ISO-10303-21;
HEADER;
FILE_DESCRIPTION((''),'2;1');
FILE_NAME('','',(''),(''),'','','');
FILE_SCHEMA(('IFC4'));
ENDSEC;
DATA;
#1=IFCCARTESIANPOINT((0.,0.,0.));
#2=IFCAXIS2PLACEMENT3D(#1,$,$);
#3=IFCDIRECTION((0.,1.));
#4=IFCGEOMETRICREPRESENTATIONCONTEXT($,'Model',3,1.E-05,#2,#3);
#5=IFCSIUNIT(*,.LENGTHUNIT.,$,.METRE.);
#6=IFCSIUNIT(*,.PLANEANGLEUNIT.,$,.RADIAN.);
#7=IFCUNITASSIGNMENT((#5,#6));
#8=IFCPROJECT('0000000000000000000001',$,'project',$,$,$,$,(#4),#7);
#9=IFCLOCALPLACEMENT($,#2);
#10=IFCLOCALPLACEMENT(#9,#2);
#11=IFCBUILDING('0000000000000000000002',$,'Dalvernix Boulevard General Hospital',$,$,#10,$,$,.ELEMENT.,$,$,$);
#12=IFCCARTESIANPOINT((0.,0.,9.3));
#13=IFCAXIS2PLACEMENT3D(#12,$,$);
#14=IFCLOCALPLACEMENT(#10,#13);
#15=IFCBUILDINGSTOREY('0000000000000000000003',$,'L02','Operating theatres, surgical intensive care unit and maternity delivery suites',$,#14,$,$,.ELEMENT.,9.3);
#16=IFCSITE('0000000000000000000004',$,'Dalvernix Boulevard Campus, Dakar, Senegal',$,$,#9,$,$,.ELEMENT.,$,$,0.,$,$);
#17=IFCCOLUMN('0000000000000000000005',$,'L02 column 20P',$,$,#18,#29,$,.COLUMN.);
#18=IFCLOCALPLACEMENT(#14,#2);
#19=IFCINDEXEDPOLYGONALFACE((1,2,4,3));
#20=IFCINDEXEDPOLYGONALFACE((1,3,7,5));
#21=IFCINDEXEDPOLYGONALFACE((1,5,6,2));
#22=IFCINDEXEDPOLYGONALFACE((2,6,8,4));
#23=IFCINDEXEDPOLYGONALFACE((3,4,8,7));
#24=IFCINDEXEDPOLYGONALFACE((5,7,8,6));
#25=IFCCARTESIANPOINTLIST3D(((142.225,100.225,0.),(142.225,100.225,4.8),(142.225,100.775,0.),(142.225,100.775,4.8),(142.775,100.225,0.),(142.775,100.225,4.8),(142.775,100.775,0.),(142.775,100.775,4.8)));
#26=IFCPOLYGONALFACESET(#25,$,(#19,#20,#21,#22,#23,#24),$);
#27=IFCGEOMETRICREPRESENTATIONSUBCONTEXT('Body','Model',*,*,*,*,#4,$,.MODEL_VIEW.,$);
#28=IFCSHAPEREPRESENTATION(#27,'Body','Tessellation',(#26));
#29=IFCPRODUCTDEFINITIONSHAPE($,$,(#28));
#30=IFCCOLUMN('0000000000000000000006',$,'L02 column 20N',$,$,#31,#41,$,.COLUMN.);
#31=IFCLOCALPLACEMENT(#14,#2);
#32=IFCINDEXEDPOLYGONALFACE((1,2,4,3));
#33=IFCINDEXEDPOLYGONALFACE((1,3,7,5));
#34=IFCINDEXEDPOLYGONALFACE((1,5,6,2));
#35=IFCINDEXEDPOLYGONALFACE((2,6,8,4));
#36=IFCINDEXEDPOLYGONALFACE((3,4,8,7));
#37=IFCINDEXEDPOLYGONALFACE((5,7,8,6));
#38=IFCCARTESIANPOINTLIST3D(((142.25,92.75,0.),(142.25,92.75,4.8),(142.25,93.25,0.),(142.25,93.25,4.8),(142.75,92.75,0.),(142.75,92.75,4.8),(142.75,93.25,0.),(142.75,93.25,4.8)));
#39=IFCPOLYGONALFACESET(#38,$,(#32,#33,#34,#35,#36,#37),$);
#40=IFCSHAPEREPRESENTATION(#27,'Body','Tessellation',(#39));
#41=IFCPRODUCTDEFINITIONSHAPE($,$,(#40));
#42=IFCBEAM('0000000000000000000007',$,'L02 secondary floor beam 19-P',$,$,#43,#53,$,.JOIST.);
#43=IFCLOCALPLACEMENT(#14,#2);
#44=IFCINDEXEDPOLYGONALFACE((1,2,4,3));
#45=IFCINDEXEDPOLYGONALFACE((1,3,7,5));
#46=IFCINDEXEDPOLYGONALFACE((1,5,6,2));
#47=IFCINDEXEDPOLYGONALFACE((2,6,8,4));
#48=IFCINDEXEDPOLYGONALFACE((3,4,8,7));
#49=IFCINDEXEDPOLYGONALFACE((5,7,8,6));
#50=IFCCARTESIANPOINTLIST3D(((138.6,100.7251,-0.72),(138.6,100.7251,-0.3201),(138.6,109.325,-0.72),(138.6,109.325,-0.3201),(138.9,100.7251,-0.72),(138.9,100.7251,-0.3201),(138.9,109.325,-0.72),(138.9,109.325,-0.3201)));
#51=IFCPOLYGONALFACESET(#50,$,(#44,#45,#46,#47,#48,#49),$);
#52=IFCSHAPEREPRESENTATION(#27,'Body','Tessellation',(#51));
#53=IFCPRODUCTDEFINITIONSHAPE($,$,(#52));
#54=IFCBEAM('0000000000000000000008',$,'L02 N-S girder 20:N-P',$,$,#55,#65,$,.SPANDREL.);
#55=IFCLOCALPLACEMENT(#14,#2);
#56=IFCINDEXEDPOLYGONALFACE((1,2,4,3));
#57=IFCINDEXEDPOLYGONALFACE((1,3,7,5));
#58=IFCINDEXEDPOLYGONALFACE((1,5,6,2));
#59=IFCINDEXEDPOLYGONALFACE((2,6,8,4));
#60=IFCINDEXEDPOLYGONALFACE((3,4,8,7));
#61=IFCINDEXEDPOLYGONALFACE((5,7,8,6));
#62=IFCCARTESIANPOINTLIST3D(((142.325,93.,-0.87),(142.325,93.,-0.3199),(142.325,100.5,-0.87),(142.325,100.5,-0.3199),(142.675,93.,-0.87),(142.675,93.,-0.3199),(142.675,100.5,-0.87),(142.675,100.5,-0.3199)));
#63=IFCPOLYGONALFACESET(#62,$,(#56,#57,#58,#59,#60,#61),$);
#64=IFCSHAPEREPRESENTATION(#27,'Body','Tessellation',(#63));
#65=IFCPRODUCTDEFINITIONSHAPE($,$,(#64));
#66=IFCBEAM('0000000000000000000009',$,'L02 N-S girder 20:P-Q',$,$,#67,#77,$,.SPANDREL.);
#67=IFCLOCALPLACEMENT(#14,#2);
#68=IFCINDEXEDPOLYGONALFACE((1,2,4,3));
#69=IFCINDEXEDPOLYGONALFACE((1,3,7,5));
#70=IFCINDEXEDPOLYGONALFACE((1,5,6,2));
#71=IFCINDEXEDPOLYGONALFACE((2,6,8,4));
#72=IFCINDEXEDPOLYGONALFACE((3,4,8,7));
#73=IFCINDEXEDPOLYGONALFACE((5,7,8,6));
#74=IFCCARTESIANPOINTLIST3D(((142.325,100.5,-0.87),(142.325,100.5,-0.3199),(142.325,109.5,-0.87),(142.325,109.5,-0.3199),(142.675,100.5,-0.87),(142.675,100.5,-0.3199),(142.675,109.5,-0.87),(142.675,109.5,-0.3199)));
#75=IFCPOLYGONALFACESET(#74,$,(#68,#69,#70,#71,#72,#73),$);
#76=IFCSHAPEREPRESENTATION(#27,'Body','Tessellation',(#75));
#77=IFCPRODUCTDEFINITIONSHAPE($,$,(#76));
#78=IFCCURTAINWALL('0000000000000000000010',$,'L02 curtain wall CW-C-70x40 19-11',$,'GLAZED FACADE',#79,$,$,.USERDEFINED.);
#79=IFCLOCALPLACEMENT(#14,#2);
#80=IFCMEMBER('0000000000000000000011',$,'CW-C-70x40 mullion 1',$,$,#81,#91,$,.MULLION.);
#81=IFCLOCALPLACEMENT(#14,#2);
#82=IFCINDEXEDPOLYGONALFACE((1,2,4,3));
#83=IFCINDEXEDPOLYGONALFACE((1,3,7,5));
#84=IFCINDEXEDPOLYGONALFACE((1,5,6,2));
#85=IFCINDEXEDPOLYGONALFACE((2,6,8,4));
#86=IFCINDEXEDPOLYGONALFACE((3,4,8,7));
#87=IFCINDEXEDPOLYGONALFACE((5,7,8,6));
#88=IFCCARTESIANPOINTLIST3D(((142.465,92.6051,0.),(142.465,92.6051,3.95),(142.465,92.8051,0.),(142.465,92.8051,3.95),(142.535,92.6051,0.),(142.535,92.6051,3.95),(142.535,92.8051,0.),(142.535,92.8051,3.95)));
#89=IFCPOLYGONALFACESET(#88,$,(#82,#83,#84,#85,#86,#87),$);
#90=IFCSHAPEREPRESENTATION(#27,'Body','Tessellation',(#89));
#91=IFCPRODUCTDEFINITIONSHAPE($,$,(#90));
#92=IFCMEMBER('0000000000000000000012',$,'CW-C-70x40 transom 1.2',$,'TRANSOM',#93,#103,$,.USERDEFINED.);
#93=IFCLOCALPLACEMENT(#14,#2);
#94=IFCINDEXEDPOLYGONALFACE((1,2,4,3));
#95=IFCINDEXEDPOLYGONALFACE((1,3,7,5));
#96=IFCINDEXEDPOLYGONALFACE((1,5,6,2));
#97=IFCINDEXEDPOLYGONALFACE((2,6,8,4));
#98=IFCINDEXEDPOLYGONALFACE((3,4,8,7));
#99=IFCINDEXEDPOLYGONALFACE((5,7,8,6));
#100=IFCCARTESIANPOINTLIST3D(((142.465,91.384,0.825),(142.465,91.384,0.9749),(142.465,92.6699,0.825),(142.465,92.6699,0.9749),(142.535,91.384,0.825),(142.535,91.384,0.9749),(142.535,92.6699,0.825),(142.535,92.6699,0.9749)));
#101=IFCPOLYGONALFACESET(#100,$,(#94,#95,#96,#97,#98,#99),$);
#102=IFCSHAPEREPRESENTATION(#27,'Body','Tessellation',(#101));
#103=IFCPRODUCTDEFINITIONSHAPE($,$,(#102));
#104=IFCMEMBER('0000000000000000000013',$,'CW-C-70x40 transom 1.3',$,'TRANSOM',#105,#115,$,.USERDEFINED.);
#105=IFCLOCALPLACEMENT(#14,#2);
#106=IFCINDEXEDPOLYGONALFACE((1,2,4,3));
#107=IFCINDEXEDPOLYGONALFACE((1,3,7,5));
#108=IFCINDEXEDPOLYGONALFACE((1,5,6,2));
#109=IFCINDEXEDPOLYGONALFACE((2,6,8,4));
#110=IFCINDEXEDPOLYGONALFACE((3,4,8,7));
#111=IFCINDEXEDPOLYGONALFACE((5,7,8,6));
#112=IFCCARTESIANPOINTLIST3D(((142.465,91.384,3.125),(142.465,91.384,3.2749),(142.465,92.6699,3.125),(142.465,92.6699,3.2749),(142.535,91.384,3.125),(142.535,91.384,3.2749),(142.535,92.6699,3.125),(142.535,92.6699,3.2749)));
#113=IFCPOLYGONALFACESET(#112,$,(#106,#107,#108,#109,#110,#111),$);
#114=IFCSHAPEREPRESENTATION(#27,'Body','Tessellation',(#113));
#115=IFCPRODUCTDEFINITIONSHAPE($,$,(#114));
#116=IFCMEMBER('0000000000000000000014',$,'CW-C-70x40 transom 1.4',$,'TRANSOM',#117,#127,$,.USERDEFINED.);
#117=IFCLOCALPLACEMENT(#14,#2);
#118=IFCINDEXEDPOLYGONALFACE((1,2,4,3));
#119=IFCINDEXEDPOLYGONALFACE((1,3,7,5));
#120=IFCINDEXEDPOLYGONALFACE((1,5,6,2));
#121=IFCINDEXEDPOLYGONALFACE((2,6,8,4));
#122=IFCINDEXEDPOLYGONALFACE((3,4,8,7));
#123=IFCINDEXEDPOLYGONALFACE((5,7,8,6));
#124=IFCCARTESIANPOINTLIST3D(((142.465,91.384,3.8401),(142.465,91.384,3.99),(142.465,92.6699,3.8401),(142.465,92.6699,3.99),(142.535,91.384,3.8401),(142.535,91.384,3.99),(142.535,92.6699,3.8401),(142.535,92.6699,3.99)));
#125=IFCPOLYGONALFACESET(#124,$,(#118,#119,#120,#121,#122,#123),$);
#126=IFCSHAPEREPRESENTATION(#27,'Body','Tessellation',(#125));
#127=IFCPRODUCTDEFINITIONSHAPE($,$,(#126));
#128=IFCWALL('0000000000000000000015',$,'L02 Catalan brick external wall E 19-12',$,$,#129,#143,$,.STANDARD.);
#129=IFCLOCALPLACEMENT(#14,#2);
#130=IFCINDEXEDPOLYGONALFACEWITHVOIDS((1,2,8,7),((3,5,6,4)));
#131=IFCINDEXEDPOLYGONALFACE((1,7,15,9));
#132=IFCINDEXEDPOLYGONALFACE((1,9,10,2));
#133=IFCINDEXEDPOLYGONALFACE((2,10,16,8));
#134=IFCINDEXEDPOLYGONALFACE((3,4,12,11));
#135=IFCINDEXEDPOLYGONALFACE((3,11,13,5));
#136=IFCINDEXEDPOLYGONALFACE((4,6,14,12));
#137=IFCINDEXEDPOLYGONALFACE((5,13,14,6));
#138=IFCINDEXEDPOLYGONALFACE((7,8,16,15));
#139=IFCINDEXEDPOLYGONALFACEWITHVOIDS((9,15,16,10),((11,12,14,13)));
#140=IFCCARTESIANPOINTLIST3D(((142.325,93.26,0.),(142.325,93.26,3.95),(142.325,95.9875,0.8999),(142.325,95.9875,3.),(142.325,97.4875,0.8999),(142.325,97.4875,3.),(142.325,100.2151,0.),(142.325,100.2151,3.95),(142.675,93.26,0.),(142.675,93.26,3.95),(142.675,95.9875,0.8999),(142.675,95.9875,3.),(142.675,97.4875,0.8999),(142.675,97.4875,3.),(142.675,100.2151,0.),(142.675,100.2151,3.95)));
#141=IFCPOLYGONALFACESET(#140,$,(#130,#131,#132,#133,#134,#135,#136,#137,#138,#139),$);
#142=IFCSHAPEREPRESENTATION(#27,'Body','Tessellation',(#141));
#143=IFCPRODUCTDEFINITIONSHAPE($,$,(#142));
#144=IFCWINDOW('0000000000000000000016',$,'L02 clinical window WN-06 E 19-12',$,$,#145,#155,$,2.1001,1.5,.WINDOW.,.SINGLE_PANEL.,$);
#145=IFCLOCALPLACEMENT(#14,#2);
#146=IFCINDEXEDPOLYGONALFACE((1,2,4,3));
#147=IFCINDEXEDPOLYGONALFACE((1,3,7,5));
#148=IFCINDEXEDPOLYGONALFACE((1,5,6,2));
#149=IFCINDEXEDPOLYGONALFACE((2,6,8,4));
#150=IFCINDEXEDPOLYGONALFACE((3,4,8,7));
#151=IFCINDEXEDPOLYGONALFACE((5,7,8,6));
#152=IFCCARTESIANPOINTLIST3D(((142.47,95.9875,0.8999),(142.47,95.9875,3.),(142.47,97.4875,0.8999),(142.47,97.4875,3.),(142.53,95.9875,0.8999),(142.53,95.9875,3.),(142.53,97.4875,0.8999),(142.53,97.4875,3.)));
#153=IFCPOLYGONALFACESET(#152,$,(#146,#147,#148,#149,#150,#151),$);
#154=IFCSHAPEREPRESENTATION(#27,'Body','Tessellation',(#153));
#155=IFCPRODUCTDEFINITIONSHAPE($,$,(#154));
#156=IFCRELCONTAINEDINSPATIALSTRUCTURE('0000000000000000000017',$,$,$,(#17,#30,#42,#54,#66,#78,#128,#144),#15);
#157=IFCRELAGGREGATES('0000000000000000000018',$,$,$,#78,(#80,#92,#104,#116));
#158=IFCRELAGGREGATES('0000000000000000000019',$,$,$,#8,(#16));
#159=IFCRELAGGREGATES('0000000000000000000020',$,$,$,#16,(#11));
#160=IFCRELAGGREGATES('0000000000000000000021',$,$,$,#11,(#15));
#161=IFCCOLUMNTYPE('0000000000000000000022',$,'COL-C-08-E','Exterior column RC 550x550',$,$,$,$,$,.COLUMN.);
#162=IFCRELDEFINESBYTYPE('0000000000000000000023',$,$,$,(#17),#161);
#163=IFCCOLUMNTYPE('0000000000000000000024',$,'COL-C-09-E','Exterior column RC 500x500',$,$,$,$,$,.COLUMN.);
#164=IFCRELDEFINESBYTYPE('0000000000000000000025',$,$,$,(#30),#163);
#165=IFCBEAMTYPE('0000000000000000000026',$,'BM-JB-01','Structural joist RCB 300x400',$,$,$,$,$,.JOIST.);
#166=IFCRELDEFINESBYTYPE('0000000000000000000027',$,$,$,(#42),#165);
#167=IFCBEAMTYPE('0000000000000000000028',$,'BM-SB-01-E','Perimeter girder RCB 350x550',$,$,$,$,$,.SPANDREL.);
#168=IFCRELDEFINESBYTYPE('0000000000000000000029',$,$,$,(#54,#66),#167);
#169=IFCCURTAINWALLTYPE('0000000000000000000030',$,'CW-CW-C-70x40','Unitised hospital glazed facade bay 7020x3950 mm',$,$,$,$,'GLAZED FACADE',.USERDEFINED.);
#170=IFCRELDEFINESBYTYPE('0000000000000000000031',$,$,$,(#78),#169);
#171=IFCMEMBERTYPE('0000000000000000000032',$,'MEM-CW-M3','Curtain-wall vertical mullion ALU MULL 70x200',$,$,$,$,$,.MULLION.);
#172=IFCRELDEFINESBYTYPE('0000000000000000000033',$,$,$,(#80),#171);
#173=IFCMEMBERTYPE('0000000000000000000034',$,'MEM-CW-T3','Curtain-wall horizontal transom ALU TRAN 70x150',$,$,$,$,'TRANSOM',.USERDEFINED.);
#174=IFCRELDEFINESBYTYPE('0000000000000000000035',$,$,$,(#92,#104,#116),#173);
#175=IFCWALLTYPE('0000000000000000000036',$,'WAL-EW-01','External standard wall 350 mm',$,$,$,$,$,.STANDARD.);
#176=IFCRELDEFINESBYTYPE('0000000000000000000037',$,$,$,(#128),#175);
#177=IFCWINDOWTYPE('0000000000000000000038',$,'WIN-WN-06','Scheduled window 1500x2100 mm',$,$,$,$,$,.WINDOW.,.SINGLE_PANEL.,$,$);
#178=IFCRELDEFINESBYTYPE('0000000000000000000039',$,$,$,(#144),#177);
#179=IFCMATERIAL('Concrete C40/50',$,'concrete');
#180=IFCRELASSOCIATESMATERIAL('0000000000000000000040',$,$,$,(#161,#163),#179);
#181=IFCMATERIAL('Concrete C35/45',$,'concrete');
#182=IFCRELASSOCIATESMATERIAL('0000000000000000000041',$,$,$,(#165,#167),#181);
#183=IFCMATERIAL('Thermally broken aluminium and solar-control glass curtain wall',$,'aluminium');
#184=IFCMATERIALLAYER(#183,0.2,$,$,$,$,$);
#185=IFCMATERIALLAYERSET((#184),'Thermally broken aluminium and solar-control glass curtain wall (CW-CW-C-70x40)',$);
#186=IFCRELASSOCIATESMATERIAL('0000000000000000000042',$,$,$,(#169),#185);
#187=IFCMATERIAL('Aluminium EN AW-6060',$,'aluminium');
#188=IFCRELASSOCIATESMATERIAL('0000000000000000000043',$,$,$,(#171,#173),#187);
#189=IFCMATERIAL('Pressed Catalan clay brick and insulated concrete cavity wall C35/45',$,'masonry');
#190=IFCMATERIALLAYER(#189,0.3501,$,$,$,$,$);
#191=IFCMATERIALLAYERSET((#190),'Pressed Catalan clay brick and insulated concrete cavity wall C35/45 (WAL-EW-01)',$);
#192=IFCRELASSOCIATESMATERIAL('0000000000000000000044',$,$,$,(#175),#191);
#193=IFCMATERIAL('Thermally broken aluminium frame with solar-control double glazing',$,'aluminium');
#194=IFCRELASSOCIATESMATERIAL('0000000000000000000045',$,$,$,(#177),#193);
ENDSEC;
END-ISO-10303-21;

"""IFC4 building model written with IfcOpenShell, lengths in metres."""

from ifc_helpers import new_model, si_unit, direction, frame, frame_2d, origin, origin_2d, place, context, subcontext, project, spatial, rectangle, extrude, material, layer, layer_set, material_profile, profile_set, type_object, element, fill, aggregate, save


model = new_model("IFC4")

# Units and contexts
model_context = context("Model", 3, precision=1e-05, world=origin(), true_north=direction((0.0, 1.0)))
body_context = subcontext(model_context, "Body", "Model", "MODEL_VIEW")
ifc_project = project(units=[si_unit("LENGTHUNIT", "METRE"), si_unit("PLANEANGLEUNIT", "RADIAN")], contexts=[model_context])

# Site, building, storey
site_placement = place(None, origin())
site = spatial("IfcSite", under=ifc_project, at=site_placement, Name="Dalvernix Boulevard Campus, Dakar, Senegal", CompositionType="ELEMENT", RefElevation=0.0)
building_placement = place(site_placement, origin())
building = spatial("IfcBuilding", under=site, at=building_placement, Name="Dalvernix Boulevard General Hospital", CompositionType="ELEMENT")
storey_placement = place(building_placement, frame((0.0, 0.0, 9.3)))
storey = spatial("IfcBuildingStorey", under=building, at=storey_placement, Name="L02", Description="Operating theatres, surgical intensive care unit and maternity delivery suites", CompositionType="ELEMENT", Elevation=9.3)

# Columns
ifc_material_1 = material(Name="Concrete C40/50", Category="concrete")
ifc_material_profile_1 = material_profile(ifc_material_1, rectangle(XDim=0.55, YDim=0.55, at=origin_2d()), Name="RC 550x550")
ifc_profile_set_1 = profile_set([ifc_material_profile_1], Name="Concrete C40/50")
column_type_1 = type_object("IfcColumnType", Name="COL-C-08-E", Description="Exterior column RC 550x550", PredefinedType="COLUMN", material=ifc_profile_set_1)
column_1_placement = place(storey_placement, frame((142.5, 100.5, 0.0), z_axis=(0.0, 0.0, 1.0), x_axis=(1.0, 0.0, 0.0)))
element("IfcColumn", 1, at=column_1_placement, inside=storey, type_object=column_type_1, Name="L02 column 20P", PredefinedType="COLUMN", context=body_context, shape_type="SweptSolid", body=[
    extrude(rectangle(XDim=0.55, YDim=0.55, at=origin_2d()), origin(), (0.0, 0.0, 1.0), 4.8),
])
ifc_material_profile_2 = material_profile(ifc_material_1, rectangle(XDim=0.5, YDim=0.5, at=origin_2d()), Name="RC 500x500")
ifc_profile_set_2 = profile_set([ifc_material_profile_2], Name="Concrete C40/50")
column_type_2 = type_object("IfcColumnType", Name="COL-C-09-E", Description="Exterior column RC 500x500", PredefinedType="COLUMN", material=ifc_profile_set_2)
column_2_placement = place(storey_placement, frame((142.5, 93.0, 0.0), z_axis=(0.0, 0.0, 1.0), x_axis=(1.0, 0.0, 0.0)))
element("IfcColumn", 2, at=column_2_placement, inside=storey, type_object=column_type_2, Name="L02 column 20N", PredefinedType="COLUMN", context=body_context, shape_type="SweptSolid", body=[
    extrude(rectangle(XDim=0.5, YDim=0.5, at=origin_2d()), origin(), (0.0, 0.0, 1.0), 4.8),
])

# Beams
ifc_material_2 = material(Name="Concrete C35/45", Category="concrete")
ifc_material_profile_3 = material_profile(ifc_material_2, rectangle(XDim=0.3, YDim=0.3999, at=origin_2d()), Name="RCB 300x400")
ifc_profile_set_3 = profile_set([ifc_material_profile_3], Name="Concrete C35/45")
beam_type_1 = type_object("IfcBeamType", Name="BM-JB-01", Description="Structural joist RCB 300x400", PredefinedType="JOIST", material=ifc_profile_set_3)
beam_1_placement = place(storey_placement, frame((138.75, 100.7251, -0.52), z_axis=(0.0, 1.0, 0.0), x_axis=(-1.0, 0.0, 0.0)))
element("IfcBeam", 3, at=beam_1_placement, inside=storey, type_object=beam_type_1, Name="L02 secondary floor beam 19-P", PredefinedType="JOIST", context=body_context, shape_type="SweptSolid", body=[
    extrude(rectangle(XDim=0.3, YDim=0.3999, at=origin_2d()), origin(), (0.0, 0.0, 1.0), 8.5999),
])
ifc_material_profile_4 = material_profile(ifc_material_2, rectangle(XDim=0.3501, YDim=0.55, at=origin_2d()), Name="RCB 350x550")
ifc_profile_set_4 = profile_set([ifc_material_profile_4], Name="Concrete C35/45")
beam_type_2 = type_object("IfcBeamType", Name="BM-SB-01-E", Description="Perimeter girder RCB 350x550", PredefinedType="SPANDREL", material=ifc_profile_set_4)
beam_2_placement = place(storey_placement, frame((142.5, 93.0, -0.595), z_axis=(0.0, 1.0, 0.0), x_axis=(-1.0, 0.0, 0.0)))
element("IfcBeam", 4, at=beam_2_placement, inside=storey, type_object=beam_type_2, Name="L02 N-S girder 20:N-P", PredefinedType="SPANDREL", context=body_context, shape_type="SweptSolid", body=[
    extrude(rectangle(XDim=0.3501, YDim=0.55, at=origin_2d()), origin(), (0.0, 0.0, 1.0), 7.5),
])
beam_3_placement = place(storey_placement, frame((142.5, 100.5, -0.595), z_axis=(0.0, 1.0, 0.0), x_axis=(-1.0, 0.0, 0.0)))
element("IfcBeam", 5, at=beam_3_placement, inside=storey, type_object=beam_type_2, Name="L02 N-S girder 20:P-Q", PredefinedType="SPANDREL", context=body_context, shape_type="SweptSolid", body=[
    extrude(rectangle(XDim=0.3501, YDim=0.55, at=origin_2d()), origin(), (0.0, 0.0, 1.0), 9.0),
])

# Curtain wall, members
ifc_material_3 = material(Name="Thermally broken aluminium and solar-control glass curtain wall", Category="aluminium")
ifc_layer_1 = layer(ifc_material_3, 0.2)
ifc_layer_set_1 = layer_set([ifc_layer_1], Name="Thermally broken aluminium and solar-control glass curtain wall (CW-CW-C-70x40)")
curtain_wall_type = type_object("IfcCurtainWallType", Name="CW-CW-C-70x40", Description="Unitised hospital glazed facade bay 7020x3950 mm", ElementType="GLAZED FACADE", PredefinedType="USERDEFINED", material=ifc_layer_set_1)
curtain_wall_placement = place(storey_placement, origin())
curtain_wall = element("IfcCurtainWall", 6, at=curtain_wall_placement, inside=storey, type_object=curtain_wall_type, Name="L02 curtain wall CW-C-70x40 19-11", ObjectType="GLAZED FACADE", PredefinedType="USERDEFINED")
ifc_material_4 = material(Name="Aluminium EN AW-6060", Category="aluminium")
ifc_material_profile_5 = material_profile(ifc_material_4, rectangle(XDim=0.0701, YDim=0.2, at=origin_2d()), Name="ALU MULL 70x200")
ifc_profile_set_5 = profile_set([ifc_material_profile_5], Name="Aluminium EN AW-6060")
member_type_1 = type_object("IfcMemberType", Name="MEM-CW-M3", Description="Curtain-wall vertical mullion ALU MULL 70x200", PredefinedType="MULLION", material=ifc_profile_set_5)
member_1_placement = place(storey_placement, frame((142.5, 92.7051, 0.0), z_axis=(0.0, 0.0, 1.0), x_axis=(1.0, 0.0, 0.0)))
member_1 = element("IfcMember", 7, at=member_1_placement, type_object=member_type_1, Name="CW-C-70x40 mullion 1", PredefinedType="MULLION", context=body_context, shape_type="SweptSolid", body=[
    extrude(rectangle(XDim=0.0701, YDim=0.2, at=origin_2d()), origin(), (0.0, 0.0, 1.0), 3.95),
])
ifc_material_profile_6 = material_profile(ifc_material_4, rectangle(XDim=0.0701, YDim=0.1499, at=origin_2d()), Name="ALU TRAN 70x150")
ifc_profile_set_6 = profile_set([ifc_material_profile_6], Name="Aluminium EN AW-6060")
member_type_2 = type_object("IfcMemberType", Name="MEM-CW-T3", Description="Curtain-wall horizontal transom ALU TRAN 70x150", ElementType="TRANSOM", PredefinedType="USERDEFINED", material=ifc_profile_set_6)
member_2_placement = place(storey_placement, frame((142.5, 92.6699, 0.8999), z_axis=(0.0, -1.0, 0.0), x_axis=(1.0, 0.0, 0.0)))
member_2 = element("IfcMember", 8, at=member_2_placement, type_object=member_type_2, Name="CW-C-70x40 transom 1.2", ObjectType="TRANSOM", PredefinedType="USERDEFINED", context=body_context, shape_type="SweptSolid", body=[
    extrude(rectangle(XDim=0.0701, YDim=0.1499, at=origin_2d()), origin(), (0.0, 0.0, 1.0), 1.2859),
])
member_3_placement = place(storey_placement, frame((142.5, 92.6699, 3.2), z_axis=(0.0, -1.0, 0.0), x_axis=(1.0, 0.0, 0.0)))
member_3 = element("IfcMember", 9, at=member_3_placement, type_object=member_type_2, Name="CW-C-70x40 transom 1.3", ObjectType="TRANSOM", PredefinedType="USERDEFINED", context=body_context, shape_type="SweptSolid", body=[
    extrude(rectangle(XDim=0.0701, YDim=0.1499, at=origin_2d()), origin(), (0.0, 0.0, 1.0), 1.2859),
])
member_4_placement = place(storey_placement, frame((142.5, 92.6699, 3.915), z_axis=(0.0, -1.0, 0.0), x_axis=(1.0, 0.0, 0.0)))
member_4 = element("IfcMember", 10, at=member_4_placement, type_object=member_type_2, Name="CW-C-70x40 transom 1.4", ObjectType="TRANSOM", PredefinedType="USERDEFINED", context=body_context, shape_type="SweptSolid", body=[
    extrude(rectangle(XDim=0.0701, YDim=0.1499, at=origin_2d()), origin(), (0.0, 0.0, 1.0), 1.2859),
])
aggregate(curtain_wall, [member_1, member_2, member_3, member_4])

# Wall, opening, window
ifc_material_5 = material(Name="Pressed Catalan clay brick and insulated concrete cavity wall C35/45", Category="masonry")
ifc_layer_2 = layer(ifc_material_5, 0.3501)
ifc_layer_set_2 = layer_set([ifc_layer_2], Name="Pressed Catalan clay brick and insulated concrete cavity wall C35/45 (WAL-EW-01)")
wall_type_1 = type_object("IfcWallType", Name="WAL-EW-01", Description="External standard wall 350 mm", PredefinedType="STANDARD", material=ifc_layer_set_2)
wall_1_placement = place(storey_placement, frame((142.5, 100.2151, 0.0), z_axis=(0.0, 0.0, 1.0), x_axis=(0.0, -1.0, 0.0)))
wall_1 = element("IfcWall", 11, at=wall_1_placement, inside=storey, type_object=wall_type_1, Name="L02 Catalan brick external wall E 19-12", PredefinedType="STANDARD", context=body_context, shape_type="SweptSolid", body=[
    extrude(rectangle(XDim=6.9551, YDim=0.3501, at=frame_2d((3.4775, 0.0))), origin(), (0.0, 0.0, 1.0), 3.95),
])
opening_1_placement = place(wall_1_placement, frame((2.7275, 0.0, 0.8999)))
opening_1 = element("IfcOpeningElement", 12, at=opening_1_placement, cuts=wall_1, PredefinedType="OPENING", context=body_context, shape_type="SweptSolid", body=[
    extrude(rectangle(XDim=1.5, YDim=2.1001, at=frame_2d((0.75, 1.05))), frame((0.0, 0.1851, 0.0), z_axis=(0.0, -1.0, 0.0), x_axis=(1.0, 0.0, 0.0)), (0.0, 0.0, 1.0), 0.3701),
])
ifc_material_6 = material(Name="Thermally broken aluminium frame with solar-control double glazing", Category="aluminium")
window_type = type_object("IfcWindowType", Name="WIN-WN-06", Description="Scheduled window 1500x2100 mm", PartitioningType="SINGLE_PANEL", PredefinedType="WINDOW", material=ifc_material_6)
window_placement = place(opening_1_placement, origin())
window = element("IfcWindow", 13, at=window_placement, inside=storey, type_object=window_type, Name="L02 clinical window WN-06 E 19-12", OverallHeight=2.1001, OverallWidth=1.5, PartitioningType="SINGLE_PANEL", PredefinedType="WINDOW", context=body_context, shape_type="SweptSolid", body=[
    extrude(rectangle(XDim=1.5, YDim=2.1001, at=frame_2d((0.75, 1.05))), frame((0.0, 0.03, 0.0), z_axis=(0.0, -1.0, 0.0), x_axis=(1.0, 0.0, 0.0)), (0.0, 0.0, 1.0), 0.0601),
])
fill(opening_1, window)

save(model, "model.ifc")
